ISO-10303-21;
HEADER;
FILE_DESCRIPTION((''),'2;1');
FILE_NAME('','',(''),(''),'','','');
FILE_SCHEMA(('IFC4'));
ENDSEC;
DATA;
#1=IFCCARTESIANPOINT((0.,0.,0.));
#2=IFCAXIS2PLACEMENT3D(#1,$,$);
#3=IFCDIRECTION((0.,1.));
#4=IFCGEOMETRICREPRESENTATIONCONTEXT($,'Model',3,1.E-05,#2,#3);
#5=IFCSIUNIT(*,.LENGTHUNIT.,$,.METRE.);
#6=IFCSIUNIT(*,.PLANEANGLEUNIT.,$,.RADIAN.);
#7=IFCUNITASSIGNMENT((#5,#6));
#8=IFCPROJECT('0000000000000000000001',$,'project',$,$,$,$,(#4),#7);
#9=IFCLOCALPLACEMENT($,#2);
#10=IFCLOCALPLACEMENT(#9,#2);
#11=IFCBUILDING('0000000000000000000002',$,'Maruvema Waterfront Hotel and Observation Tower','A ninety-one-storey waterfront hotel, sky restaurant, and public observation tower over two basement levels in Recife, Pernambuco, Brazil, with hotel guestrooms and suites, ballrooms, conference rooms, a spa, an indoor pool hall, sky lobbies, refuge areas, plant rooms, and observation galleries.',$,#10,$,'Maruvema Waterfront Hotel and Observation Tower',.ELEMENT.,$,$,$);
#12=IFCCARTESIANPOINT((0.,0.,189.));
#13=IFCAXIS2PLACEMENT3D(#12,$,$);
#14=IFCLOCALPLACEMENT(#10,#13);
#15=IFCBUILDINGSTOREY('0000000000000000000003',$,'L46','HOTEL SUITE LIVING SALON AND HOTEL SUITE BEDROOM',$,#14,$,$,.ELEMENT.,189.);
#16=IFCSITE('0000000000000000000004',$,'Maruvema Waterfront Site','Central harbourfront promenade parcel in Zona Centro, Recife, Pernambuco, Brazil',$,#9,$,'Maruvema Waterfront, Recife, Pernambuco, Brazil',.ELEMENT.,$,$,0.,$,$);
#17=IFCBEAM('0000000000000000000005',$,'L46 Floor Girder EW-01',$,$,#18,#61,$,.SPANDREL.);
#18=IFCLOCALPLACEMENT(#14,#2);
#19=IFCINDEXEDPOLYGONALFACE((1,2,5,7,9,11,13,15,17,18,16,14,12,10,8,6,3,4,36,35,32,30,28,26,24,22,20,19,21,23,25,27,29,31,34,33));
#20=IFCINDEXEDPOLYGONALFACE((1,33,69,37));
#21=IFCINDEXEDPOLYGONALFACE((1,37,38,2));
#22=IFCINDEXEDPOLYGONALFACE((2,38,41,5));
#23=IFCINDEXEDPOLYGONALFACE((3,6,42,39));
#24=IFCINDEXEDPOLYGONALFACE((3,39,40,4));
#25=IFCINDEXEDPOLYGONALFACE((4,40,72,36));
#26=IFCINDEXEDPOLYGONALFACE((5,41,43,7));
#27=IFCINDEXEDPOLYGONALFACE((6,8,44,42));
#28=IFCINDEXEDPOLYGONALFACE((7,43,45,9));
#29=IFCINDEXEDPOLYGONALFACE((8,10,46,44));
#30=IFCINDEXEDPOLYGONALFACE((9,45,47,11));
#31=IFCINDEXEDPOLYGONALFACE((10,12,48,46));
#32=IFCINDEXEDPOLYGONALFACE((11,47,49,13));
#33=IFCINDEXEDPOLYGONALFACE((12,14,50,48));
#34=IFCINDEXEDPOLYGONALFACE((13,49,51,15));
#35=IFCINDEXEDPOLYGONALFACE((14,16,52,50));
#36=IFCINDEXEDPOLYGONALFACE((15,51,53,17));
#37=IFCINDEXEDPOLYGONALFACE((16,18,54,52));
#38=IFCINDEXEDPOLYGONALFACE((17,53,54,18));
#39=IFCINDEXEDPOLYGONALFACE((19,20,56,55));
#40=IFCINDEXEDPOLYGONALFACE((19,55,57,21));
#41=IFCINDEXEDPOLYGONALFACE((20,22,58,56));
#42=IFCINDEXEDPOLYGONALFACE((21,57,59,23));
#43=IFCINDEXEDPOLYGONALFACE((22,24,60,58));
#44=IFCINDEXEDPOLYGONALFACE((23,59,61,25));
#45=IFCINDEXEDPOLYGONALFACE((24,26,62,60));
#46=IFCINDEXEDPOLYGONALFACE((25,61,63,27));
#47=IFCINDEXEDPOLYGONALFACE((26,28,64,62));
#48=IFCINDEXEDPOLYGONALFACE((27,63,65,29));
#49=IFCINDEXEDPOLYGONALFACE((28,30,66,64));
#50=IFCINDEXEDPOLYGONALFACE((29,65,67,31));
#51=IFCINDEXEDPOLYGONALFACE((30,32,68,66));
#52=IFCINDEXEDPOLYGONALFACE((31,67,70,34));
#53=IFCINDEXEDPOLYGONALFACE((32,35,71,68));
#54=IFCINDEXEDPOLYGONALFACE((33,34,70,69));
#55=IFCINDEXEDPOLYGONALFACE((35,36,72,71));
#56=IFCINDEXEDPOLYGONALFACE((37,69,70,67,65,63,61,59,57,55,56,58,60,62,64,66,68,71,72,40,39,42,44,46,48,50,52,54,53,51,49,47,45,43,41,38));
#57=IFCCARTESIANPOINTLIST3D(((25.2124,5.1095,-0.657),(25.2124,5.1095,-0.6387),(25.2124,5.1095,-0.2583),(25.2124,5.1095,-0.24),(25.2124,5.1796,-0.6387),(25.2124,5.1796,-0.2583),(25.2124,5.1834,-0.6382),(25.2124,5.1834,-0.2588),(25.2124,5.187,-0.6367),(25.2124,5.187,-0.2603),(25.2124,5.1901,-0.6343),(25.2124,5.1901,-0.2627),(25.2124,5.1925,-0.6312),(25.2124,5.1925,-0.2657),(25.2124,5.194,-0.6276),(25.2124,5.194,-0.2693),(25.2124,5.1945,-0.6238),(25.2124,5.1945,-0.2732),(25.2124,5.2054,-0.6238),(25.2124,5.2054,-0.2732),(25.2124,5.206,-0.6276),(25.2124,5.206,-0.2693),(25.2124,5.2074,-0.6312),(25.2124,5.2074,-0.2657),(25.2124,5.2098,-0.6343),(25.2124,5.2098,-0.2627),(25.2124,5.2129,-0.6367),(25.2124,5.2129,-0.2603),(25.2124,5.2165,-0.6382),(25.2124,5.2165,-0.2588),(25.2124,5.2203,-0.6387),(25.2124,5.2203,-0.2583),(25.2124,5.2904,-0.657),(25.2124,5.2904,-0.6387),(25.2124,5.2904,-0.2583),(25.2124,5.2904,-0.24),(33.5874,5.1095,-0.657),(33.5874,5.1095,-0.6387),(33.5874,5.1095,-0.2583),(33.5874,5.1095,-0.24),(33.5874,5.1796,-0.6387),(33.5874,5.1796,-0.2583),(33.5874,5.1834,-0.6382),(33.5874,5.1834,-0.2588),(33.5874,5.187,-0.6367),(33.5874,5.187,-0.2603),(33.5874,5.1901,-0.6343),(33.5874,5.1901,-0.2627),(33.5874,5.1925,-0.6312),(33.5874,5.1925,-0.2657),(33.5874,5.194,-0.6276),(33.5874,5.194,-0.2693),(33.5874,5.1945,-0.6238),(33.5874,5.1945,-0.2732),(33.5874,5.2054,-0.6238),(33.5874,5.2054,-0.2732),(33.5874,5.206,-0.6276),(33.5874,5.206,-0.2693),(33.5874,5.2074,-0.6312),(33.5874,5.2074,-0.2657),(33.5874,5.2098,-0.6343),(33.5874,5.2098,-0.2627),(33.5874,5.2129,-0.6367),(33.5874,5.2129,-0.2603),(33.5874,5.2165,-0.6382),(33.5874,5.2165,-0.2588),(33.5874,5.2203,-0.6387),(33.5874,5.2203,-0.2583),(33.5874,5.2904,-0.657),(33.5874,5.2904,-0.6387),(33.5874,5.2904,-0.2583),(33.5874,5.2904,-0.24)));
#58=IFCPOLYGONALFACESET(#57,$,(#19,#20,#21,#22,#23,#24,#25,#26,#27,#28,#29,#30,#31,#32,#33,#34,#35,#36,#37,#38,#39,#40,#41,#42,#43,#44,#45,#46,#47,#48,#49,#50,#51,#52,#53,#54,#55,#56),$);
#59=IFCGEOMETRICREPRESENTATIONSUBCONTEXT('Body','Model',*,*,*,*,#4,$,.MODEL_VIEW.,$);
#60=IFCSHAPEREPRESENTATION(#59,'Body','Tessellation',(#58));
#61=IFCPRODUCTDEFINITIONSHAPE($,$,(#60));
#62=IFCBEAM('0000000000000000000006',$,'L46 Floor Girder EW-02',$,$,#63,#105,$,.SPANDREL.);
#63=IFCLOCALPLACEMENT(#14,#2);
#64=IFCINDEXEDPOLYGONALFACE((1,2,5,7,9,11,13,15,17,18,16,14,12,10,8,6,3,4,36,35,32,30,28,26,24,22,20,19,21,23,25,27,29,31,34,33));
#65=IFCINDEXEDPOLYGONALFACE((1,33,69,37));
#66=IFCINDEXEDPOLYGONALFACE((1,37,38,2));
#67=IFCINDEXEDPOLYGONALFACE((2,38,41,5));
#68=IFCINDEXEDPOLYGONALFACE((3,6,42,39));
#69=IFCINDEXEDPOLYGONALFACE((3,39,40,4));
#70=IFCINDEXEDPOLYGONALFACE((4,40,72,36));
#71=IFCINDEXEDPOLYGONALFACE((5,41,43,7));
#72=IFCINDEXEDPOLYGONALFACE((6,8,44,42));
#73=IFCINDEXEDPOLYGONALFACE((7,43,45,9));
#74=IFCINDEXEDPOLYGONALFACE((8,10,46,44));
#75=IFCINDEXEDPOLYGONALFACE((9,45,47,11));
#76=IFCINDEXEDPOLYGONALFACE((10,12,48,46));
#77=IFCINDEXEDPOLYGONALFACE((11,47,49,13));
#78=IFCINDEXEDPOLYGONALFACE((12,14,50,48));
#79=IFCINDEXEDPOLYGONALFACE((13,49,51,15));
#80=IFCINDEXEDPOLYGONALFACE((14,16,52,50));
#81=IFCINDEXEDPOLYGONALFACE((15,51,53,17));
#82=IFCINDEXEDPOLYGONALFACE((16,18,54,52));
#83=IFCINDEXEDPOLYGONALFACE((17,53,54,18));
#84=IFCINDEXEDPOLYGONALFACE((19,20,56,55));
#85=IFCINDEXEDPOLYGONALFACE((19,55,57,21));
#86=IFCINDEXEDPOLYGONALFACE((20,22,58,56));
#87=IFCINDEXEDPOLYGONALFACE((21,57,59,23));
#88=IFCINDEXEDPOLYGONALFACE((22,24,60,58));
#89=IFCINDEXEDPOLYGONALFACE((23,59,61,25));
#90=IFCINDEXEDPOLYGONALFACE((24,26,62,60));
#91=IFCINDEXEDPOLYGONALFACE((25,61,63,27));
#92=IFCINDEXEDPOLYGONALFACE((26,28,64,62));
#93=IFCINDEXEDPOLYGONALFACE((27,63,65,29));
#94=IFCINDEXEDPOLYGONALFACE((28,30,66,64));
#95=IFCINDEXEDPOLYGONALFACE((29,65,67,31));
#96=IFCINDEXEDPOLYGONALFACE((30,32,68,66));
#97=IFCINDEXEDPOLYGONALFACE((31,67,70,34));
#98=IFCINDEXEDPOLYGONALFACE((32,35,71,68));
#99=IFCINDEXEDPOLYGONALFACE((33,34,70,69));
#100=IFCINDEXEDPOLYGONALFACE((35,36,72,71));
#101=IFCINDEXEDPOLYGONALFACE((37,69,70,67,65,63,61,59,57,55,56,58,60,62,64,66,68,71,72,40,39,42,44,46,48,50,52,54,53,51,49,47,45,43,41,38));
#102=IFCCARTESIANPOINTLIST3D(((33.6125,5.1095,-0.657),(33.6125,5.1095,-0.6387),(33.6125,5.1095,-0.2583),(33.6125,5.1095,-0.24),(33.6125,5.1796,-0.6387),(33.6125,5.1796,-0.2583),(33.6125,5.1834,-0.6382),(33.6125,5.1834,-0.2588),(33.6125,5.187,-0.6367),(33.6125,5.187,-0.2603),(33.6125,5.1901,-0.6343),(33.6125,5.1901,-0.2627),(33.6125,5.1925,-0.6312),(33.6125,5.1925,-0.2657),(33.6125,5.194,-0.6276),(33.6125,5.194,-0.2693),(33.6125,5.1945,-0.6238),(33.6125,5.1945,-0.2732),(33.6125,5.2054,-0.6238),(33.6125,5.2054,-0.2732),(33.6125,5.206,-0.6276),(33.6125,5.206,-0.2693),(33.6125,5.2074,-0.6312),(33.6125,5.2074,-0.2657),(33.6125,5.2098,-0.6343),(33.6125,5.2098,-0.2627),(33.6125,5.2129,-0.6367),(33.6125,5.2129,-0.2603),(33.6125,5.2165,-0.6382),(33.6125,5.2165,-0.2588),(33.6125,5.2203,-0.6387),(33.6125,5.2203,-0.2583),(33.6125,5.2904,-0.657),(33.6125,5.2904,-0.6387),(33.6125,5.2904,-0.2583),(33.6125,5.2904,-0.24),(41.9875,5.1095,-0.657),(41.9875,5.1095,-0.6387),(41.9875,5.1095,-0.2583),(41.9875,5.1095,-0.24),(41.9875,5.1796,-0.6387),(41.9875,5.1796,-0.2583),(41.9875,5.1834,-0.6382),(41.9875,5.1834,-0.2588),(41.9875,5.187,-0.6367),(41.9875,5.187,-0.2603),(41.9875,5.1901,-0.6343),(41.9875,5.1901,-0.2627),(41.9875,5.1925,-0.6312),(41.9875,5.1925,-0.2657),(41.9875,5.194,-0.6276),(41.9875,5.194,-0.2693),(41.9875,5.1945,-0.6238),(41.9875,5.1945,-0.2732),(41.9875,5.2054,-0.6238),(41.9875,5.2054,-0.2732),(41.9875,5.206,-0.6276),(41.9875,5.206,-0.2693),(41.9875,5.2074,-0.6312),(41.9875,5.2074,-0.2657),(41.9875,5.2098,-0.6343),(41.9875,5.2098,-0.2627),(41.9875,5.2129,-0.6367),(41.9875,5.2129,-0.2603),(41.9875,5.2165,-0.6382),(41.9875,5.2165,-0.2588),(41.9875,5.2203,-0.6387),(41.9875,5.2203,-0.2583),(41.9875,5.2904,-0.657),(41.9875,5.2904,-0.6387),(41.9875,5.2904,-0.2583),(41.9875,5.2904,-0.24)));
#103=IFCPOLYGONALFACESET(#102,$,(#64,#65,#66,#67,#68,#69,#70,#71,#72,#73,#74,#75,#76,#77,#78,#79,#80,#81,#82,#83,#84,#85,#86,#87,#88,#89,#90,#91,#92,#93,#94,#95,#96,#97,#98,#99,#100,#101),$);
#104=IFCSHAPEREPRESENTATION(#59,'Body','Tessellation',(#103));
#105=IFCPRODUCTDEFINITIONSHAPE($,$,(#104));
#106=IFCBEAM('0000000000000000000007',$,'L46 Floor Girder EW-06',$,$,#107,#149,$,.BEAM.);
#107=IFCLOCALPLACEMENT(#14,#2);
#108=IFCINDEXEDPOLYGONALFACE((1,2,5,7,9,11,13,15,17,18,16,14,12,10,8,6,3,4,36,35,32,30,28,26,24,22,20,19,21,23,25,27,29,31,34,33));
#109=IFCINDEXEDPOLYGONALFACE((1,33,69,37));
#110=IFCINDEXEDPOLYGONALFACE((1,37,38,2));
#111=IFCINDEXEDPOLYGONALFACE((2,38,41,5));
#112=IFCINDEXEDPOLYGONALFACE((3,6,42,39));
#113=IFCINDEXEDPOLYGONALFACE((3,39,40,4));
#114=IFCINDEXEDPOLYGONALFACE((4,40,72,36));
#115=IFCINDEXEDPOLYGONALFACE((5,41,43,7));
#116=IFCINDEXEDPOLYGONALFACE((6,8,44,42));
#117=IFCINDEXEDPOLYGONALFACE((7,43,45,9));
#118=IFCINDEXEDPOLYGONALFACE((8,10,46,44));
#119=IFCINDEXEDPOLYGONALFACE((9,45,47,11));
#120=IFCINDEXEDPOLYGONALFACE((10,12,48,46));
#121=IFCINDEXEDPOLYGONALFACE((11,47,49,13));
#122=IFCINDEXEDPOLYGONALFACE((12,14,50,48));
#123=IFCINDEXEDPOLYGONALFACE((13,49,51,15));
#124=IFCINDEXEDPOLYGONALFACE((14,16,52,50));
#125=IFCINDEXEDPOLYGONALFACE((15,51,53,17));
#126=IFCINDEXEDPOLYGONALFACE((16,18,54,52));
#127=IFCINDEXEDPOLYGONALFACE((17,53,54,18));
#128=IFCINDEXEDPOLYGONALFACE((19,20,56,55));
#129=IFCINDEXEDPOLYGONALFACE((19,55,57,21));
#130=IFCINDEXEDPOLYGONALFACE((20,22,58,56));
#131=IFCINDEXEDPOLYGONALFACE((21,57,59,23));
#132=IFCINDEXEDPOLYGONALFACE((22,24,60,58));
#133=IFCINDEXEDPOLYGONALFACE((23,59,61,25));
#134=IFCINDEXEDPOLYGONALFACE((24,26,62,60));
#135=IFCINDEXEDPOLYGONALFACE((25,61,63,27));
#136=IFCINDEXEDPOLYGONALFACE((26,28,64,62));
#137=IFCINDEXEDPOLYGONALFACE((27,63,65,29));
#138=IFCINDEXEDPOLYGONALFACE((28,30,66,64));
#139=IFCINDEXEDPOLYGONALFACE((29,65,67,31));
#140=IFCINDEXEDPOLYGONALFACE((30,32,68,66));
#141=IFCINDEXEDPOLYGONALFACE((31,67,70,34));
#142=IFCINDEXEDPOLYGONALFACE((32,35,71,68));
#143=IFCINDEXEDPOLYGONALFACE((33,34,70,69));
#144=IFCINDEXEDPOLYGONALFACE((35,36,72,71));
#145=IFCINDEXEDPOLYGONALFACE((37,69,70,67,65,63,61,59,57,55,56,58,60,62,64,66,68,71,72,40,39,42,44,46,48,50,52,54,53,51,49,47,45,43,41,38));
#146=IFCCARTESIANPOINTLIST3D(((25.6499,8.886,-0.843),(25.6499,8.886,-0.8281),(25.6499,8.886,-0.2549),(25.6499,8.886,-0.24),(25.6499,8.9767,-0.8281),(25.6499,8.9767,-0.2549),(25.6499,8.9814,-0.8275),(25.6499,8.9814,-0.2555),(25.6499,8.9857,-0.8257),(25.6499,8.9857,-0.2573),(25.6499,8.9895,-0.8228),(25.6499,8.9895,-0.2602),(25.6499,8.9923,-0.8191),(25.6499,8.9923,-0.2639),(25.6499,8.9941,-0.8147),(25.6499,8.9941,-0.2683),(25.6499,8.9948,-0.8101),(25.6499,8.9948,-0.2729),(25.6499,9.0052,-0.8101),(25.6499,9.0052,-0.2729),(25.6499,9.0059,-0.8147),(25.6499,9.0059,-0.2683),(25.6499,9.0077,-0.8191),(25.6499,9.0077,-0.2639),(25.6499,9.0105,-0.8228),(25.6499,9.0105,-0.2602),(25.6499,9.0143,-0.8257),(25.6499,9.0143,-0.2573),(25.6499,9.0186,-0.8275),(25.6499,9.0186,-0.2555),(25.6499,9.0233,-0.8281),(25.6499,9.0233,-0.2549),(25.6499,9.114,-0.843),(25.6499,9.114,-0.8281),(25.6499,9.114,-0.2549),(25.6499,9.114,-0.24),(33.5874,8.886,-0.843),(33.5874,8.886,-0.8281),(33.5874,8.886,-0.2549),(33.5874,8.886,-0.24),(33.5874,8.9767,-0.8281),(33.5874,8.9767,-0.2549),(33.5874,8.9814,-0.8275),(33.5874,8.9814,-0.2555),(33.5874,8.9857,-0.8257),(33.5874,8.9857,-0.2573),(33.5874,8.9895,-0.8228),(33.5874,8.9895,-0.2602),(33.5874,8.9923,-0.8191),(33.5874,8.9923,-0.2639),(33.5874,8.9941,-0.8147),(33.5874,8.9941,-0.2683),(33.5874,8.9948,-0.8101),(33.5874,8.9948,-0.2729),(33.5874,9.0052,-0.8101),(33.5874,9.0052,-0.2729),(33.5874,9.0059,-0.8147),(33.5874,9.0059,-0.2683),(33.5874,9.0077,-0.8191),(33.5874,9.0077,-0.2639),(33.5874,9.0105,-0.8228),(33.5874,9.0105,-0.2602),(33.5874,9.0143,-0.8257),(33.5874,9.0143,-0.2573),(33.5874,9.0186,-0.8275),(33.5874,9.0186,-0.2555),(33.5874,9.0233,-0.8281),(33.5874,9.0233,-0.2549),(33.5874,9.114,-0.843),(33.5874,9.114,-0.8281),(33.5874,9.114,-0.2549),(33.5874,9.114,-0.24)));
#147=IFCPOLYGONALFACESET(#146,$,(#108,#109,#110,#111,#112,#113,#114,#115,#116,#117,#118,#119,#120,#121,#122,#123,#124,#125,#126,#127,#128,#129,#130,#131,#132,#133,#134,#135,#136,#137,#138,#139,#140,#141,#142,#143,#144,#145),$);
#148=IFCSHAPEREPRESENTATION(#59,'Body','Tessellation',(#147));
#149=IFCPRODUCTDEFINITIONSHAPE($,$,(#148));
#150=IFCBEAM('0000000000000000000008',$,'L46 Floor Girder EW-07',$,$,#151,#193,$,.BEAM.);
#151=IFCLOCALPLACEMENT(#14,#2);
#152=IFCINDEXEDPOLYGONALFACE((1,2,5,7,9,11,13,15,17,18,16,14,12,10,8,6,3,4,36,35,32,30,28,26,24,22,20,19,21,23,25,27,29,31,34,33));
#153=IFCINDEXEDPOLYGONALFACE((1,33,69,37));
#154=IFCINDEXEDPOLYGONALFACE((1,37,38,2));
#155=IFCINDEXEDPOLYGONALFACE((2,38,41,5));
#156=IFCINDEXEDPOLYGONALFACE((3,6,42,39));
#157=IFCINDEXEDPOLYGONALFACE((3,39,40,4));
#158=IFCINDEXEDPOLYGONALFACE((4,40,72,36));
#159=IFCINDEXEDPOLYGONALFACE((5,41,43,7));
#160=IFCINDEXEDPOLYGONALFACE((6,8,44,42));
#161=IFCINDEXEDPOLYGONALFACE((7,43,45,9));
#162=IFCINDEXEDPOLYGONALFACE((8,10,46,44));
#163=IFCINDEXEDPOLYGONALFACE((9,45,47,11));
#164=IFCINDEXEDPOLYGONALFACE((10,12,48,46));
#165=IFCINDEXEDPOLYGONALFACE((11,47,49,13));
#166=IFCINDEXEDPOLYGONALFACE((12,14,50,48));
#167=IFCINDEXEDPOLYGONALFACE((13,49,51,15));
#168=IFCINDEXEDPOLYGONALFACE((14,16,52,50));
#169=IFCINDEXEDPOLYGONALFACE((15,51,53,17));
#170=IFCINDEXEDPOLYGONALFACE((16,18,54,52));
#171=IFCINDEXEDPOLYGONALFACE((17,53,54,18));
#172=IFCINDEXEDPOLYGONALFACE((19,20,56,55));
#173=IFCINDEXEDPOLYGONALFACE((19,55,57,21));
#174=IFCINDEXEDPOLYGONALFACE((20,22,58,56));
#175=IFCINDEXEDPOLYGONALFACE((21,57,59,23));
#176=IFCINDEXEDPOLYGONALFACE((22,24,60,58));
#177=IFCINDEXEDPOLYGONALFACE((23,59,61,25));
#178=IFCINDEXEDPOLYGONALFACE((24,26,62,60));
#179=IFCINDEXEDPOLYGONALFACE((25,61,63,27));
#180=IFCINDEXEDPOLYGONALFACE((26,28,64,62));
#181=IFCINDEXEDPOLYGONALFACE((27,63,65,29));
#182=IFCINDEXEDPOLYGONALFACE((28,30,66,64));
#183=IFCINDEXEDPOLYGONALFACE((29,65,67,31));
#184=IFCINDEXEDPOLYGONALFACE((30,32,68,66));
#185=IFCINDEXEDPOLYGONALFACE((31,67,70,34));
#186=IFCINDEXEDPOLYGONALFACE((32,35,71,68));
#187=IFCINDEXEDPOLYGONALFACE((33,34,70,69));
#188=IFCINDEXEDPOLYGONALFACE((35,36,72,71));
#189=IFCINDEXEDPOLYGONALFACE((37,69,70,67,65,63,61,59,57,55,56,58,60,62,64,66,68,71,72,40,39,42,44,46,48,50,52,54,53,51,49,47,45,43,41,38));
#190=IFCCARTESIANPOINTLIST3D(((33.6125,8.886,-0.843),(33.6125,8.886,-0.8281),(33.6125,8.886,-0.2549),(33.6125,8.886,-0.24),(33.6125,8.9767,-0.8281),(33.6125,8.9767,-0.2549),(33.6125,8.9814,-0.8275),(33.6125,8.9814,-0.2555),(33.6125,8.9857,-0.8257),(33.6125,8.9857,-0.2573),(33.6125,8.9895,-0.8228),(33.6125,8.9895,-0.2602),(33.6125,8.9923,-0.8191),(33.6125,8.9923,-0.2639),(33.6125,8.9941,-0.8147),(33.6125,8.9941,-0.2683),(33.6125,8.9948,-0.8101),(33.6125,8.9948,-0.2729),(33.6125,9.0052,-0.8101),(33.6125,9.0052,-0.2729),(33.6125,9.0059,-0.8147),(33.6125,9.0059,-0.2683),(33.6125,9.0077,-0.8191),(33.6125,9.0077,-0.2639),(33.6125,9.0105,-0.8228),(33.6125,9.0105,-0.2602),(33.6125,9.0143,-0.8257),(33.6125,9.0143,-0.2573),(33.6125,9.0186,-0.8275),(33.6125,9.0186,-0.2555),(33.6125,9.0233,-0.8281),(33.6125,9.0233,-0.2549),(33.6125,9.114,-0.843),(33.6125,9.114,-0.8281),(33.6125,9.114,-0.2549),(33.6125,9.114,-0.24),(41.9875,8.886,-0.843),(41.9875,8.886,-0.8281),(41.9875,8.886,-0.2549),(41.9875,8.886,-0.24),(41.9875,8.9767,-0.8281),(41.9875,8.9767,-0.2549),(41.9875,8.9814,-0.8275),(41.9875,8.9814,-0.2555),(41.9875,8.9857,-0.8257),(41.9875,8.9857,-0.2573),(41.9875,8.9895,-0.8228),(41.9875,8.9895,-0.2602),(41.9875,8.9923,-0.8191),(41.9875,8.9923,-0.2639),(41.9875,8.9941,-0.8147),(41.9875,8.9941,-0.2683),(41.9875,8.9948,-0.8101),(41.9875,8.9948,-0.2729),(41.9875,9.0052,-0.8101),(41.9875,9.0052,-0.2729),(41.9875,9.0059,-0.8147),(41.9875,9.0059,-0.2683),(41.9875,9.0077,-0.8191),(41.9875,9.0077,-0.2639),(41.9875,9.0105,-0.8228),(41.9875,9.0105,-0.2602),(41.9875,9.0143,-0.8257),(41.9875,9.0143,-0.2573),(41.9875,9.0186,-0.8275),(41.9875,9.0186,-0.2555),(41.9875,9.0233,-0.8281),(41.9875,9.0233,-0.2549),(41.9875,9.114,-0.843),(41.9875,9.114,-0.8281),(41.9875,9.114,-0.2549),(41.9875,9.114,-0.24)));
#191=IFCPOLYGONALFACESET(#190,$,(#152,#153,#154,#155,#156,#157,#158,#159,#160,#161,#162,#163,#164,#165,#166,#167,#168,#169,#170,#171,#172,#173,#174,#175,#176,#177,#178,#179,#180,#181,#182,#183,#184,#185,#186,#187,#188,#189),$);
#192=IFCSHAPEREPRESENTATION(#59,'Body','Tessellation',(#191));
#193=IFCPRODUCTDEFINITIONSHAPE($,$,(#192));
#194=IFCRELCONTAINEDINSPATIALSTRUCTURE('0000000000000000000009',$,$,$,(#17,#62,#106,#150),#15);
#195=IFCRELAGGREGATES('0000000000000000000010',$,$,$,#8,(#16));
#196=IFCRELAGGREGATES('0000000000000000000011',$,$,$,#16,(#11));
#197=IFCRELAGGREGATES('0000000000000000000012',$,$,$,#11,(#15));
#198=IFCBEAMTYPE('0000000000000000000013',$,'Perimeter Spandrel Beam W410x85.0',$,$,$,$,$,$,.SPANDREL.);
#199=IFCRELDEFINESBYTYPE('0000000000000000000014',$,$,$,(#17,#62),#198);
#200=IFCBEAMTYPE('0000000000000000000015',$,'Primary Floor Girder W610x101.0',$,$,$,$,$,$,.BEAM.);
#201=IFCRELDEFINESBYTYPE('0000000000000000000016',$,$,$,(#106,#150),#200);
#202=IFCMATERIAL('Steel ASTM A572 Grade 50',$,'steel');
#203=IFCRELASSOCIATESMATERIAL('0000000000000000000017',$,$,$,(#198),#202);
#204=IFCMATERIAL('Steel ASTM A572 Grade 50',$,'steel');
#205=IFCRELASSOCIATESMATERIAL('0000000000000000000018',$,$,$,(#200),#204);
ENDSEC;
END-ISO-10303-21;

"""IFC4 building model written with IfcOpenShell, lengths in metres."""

from ifc_helpers import new_model, si_unit, direction, frame, origin, origin_2d, place, context, subcontext, project, spatial, i_section, extrude, material, material_profile, profile_set, type_object, element, save


model = new_model("IFC4")

# Units and contexts
model_context = context("Model", 3, precision=1e-05, world=origin(), true_north=direction((0.0, 1.0)))
body_context = subcontext(model_context, "Body", "Model", "MODEL_VIEW")
ifc_project = project(units=[si_unit("LENGTHUNIT", "METRE"), si_unit("PLANEANGLEUNIT", "RADIAN")], contexts=[model_context])

# Site, building, storey
site_placement = place(None, origin())
site = spatial("IfcSite", under=ifc_project, at=site_placement, Name="Maruvema Waterfront Site", Description="Central harbourfront promenade parcel in Zona Centro, Recife, Pernambuco, Brazil", LongName="Maruvema Waterfront, Recife, Pernambuco, Brazil", CompositionType="ELEMENT", RefElevation=0.0)
building_placement = place(site_placement, origin())
building = spatial("IfcBuilding", under=site, at=building_placement, Name="Maruvema Waterfront Hotel and Observation Tower", Description="A ninety-one-storey waterfront hotel, sky restaurant, and public observation tower over two basement levels in Recife, Pernambuco, Brazil, with hotel guestrooms and suites, ballrooms, conference rooms, a spa, an indoor pool hall, sky lobbies, refuge areas, plant rooms, and observation galleries.", LongName="Maruvema Waterfront Hotel and Observation Tower", CompositionType="ELEMENT")
storey_placement = place(building_placement, frame((0.0, 0.0, 189.0)))
storey = spatial("IfcBuildingStorey", under=building, at=storey_placement, Name="L46", Description="HOTEL SUITE LIVING SALON AND HOTEL SUITE BEDROOM", CompositionType="ELEMENT", Elevation=189.0)

# Beams
ifc_material_1 = material(Name="Steel ASTM A572 Grade 50", Category="steel")
ifc_material_profile_1 = material_profile(ifc_material_1, i_section(OverallWidth=0.1809, OverallDepth=0.417, WebThickness=0.011, FlangeThickness=0.0183, FilletRadius=0.0149, at=origin_2d()), Name="W410x85.0")
ifc_profile_set_1 = profile_set([ifc_material_profile_1], Name="Steel ASTM A572 Grade 50")
beam_type_1 = type_object("IfcBeamType", Name="Perimeter Spandrel Beam W410x85.0", PredefinedType="SPANDREL", material=ifc_profile_set_1)
for number, where, z_axis, x_axis, name in (
    (1, (25.2124, 5.2, -0.4485), (1.0, 0.0, 0.0), (0.0, 1.0, 0.0), "L46 Floor Girder EW-01"),
    (2, (33.6125, 5.2, -0.4485), (1.0, 0.0, 0.0), (0.0, 1.0, 0.0), "L46 Floor Girder EW-02"),
):
    element("IfcBeam", number, at=place(storey_placement, frame(where, z_axis=z_axis, x_axis=x_axis)), inside=storey, type_object=beam_type_1, Name=name, PredefinedType="SPANDREL", context=body_context, shape_type="SweptSolid", body=[
        extrude(i_section(OverallWidth=0.1809, OverallDepth=0.417, WebThickness=0.011, FlangeThickness=0.0183, FilletRadius=0.0149, at=origin_2d()), origin(), (0.0, 0.0, 1.0), 8.375),
    ])
ifc_material_2 = material(Name="Steel ASTM A572 Grade 50", Category="steel")
ifc_material_profile_2 = material_profile(ifc_material_2, i_section(OverallWidth=0.228, OverallDepth=0.603, WebThickness=0.0105, FlangeThickness=0.0149, FilletRadius=0.0181, at=origin_2d()), Name="W610x101.0")
ifc_profile_set_2 = profile_set([ifc_material_profile_2], Name="Steel ASTM A572 Grade 50")
beam_type_2 = type_object("IfcBeamType", Name="Primary Floor Girder W610x101.0", PredefinedType="BEAM", material=ifc_profile_set_2)
beam_1_placement = place(storey_placement, frame((25.6499, 9.0, -0.5415), z_axis=(1.0, 0.0, 0.0), x_axis=(0.0, 1.0, 0.0)))
element("IfcBeam", 3, at=beam_1_placement, inside=storey, type_object=beam_type_2, Name="L46 Floor Girder EW-06", PredefinedType="BEAM", context=body_context, shape_type="SweptSolid", body=[
    extrude(i_section(OverallWidth=0.228, OverallDepth=0.603, WebThickness=0.0105, FlangeThickness=0.0149, FilletRadius=0.0181, at=origin_2d()), origin(), (0.0, 0.0, 1.0), 7.9375),
])
beam_2_placement = place(storey_placement, frame((33.6125, 9.0, -0.5415), z_axis=(1.0, 0.0, 0.0), x_axis=(0.0, 1.0, 0.0)))
element("IfcBeam", 4, at=beam_2_placement, inside=storey, type_object=beam_type_2, Name="L46 Floor Girder EW-07", PredefinedType="BEAM", context=body_context, shape_type="SweptSolid", body=[
    extrude(i_section(OverallWidth=0.228, OverallDepth=0.603, WebThickness=0.0105, FlangeThickness=0.0149, FilletRadius=0.0181, at=origin_2d()), origin(), (0.0, 0.0, 1.0), 8.375),
])

save(model, "model.ifc")
